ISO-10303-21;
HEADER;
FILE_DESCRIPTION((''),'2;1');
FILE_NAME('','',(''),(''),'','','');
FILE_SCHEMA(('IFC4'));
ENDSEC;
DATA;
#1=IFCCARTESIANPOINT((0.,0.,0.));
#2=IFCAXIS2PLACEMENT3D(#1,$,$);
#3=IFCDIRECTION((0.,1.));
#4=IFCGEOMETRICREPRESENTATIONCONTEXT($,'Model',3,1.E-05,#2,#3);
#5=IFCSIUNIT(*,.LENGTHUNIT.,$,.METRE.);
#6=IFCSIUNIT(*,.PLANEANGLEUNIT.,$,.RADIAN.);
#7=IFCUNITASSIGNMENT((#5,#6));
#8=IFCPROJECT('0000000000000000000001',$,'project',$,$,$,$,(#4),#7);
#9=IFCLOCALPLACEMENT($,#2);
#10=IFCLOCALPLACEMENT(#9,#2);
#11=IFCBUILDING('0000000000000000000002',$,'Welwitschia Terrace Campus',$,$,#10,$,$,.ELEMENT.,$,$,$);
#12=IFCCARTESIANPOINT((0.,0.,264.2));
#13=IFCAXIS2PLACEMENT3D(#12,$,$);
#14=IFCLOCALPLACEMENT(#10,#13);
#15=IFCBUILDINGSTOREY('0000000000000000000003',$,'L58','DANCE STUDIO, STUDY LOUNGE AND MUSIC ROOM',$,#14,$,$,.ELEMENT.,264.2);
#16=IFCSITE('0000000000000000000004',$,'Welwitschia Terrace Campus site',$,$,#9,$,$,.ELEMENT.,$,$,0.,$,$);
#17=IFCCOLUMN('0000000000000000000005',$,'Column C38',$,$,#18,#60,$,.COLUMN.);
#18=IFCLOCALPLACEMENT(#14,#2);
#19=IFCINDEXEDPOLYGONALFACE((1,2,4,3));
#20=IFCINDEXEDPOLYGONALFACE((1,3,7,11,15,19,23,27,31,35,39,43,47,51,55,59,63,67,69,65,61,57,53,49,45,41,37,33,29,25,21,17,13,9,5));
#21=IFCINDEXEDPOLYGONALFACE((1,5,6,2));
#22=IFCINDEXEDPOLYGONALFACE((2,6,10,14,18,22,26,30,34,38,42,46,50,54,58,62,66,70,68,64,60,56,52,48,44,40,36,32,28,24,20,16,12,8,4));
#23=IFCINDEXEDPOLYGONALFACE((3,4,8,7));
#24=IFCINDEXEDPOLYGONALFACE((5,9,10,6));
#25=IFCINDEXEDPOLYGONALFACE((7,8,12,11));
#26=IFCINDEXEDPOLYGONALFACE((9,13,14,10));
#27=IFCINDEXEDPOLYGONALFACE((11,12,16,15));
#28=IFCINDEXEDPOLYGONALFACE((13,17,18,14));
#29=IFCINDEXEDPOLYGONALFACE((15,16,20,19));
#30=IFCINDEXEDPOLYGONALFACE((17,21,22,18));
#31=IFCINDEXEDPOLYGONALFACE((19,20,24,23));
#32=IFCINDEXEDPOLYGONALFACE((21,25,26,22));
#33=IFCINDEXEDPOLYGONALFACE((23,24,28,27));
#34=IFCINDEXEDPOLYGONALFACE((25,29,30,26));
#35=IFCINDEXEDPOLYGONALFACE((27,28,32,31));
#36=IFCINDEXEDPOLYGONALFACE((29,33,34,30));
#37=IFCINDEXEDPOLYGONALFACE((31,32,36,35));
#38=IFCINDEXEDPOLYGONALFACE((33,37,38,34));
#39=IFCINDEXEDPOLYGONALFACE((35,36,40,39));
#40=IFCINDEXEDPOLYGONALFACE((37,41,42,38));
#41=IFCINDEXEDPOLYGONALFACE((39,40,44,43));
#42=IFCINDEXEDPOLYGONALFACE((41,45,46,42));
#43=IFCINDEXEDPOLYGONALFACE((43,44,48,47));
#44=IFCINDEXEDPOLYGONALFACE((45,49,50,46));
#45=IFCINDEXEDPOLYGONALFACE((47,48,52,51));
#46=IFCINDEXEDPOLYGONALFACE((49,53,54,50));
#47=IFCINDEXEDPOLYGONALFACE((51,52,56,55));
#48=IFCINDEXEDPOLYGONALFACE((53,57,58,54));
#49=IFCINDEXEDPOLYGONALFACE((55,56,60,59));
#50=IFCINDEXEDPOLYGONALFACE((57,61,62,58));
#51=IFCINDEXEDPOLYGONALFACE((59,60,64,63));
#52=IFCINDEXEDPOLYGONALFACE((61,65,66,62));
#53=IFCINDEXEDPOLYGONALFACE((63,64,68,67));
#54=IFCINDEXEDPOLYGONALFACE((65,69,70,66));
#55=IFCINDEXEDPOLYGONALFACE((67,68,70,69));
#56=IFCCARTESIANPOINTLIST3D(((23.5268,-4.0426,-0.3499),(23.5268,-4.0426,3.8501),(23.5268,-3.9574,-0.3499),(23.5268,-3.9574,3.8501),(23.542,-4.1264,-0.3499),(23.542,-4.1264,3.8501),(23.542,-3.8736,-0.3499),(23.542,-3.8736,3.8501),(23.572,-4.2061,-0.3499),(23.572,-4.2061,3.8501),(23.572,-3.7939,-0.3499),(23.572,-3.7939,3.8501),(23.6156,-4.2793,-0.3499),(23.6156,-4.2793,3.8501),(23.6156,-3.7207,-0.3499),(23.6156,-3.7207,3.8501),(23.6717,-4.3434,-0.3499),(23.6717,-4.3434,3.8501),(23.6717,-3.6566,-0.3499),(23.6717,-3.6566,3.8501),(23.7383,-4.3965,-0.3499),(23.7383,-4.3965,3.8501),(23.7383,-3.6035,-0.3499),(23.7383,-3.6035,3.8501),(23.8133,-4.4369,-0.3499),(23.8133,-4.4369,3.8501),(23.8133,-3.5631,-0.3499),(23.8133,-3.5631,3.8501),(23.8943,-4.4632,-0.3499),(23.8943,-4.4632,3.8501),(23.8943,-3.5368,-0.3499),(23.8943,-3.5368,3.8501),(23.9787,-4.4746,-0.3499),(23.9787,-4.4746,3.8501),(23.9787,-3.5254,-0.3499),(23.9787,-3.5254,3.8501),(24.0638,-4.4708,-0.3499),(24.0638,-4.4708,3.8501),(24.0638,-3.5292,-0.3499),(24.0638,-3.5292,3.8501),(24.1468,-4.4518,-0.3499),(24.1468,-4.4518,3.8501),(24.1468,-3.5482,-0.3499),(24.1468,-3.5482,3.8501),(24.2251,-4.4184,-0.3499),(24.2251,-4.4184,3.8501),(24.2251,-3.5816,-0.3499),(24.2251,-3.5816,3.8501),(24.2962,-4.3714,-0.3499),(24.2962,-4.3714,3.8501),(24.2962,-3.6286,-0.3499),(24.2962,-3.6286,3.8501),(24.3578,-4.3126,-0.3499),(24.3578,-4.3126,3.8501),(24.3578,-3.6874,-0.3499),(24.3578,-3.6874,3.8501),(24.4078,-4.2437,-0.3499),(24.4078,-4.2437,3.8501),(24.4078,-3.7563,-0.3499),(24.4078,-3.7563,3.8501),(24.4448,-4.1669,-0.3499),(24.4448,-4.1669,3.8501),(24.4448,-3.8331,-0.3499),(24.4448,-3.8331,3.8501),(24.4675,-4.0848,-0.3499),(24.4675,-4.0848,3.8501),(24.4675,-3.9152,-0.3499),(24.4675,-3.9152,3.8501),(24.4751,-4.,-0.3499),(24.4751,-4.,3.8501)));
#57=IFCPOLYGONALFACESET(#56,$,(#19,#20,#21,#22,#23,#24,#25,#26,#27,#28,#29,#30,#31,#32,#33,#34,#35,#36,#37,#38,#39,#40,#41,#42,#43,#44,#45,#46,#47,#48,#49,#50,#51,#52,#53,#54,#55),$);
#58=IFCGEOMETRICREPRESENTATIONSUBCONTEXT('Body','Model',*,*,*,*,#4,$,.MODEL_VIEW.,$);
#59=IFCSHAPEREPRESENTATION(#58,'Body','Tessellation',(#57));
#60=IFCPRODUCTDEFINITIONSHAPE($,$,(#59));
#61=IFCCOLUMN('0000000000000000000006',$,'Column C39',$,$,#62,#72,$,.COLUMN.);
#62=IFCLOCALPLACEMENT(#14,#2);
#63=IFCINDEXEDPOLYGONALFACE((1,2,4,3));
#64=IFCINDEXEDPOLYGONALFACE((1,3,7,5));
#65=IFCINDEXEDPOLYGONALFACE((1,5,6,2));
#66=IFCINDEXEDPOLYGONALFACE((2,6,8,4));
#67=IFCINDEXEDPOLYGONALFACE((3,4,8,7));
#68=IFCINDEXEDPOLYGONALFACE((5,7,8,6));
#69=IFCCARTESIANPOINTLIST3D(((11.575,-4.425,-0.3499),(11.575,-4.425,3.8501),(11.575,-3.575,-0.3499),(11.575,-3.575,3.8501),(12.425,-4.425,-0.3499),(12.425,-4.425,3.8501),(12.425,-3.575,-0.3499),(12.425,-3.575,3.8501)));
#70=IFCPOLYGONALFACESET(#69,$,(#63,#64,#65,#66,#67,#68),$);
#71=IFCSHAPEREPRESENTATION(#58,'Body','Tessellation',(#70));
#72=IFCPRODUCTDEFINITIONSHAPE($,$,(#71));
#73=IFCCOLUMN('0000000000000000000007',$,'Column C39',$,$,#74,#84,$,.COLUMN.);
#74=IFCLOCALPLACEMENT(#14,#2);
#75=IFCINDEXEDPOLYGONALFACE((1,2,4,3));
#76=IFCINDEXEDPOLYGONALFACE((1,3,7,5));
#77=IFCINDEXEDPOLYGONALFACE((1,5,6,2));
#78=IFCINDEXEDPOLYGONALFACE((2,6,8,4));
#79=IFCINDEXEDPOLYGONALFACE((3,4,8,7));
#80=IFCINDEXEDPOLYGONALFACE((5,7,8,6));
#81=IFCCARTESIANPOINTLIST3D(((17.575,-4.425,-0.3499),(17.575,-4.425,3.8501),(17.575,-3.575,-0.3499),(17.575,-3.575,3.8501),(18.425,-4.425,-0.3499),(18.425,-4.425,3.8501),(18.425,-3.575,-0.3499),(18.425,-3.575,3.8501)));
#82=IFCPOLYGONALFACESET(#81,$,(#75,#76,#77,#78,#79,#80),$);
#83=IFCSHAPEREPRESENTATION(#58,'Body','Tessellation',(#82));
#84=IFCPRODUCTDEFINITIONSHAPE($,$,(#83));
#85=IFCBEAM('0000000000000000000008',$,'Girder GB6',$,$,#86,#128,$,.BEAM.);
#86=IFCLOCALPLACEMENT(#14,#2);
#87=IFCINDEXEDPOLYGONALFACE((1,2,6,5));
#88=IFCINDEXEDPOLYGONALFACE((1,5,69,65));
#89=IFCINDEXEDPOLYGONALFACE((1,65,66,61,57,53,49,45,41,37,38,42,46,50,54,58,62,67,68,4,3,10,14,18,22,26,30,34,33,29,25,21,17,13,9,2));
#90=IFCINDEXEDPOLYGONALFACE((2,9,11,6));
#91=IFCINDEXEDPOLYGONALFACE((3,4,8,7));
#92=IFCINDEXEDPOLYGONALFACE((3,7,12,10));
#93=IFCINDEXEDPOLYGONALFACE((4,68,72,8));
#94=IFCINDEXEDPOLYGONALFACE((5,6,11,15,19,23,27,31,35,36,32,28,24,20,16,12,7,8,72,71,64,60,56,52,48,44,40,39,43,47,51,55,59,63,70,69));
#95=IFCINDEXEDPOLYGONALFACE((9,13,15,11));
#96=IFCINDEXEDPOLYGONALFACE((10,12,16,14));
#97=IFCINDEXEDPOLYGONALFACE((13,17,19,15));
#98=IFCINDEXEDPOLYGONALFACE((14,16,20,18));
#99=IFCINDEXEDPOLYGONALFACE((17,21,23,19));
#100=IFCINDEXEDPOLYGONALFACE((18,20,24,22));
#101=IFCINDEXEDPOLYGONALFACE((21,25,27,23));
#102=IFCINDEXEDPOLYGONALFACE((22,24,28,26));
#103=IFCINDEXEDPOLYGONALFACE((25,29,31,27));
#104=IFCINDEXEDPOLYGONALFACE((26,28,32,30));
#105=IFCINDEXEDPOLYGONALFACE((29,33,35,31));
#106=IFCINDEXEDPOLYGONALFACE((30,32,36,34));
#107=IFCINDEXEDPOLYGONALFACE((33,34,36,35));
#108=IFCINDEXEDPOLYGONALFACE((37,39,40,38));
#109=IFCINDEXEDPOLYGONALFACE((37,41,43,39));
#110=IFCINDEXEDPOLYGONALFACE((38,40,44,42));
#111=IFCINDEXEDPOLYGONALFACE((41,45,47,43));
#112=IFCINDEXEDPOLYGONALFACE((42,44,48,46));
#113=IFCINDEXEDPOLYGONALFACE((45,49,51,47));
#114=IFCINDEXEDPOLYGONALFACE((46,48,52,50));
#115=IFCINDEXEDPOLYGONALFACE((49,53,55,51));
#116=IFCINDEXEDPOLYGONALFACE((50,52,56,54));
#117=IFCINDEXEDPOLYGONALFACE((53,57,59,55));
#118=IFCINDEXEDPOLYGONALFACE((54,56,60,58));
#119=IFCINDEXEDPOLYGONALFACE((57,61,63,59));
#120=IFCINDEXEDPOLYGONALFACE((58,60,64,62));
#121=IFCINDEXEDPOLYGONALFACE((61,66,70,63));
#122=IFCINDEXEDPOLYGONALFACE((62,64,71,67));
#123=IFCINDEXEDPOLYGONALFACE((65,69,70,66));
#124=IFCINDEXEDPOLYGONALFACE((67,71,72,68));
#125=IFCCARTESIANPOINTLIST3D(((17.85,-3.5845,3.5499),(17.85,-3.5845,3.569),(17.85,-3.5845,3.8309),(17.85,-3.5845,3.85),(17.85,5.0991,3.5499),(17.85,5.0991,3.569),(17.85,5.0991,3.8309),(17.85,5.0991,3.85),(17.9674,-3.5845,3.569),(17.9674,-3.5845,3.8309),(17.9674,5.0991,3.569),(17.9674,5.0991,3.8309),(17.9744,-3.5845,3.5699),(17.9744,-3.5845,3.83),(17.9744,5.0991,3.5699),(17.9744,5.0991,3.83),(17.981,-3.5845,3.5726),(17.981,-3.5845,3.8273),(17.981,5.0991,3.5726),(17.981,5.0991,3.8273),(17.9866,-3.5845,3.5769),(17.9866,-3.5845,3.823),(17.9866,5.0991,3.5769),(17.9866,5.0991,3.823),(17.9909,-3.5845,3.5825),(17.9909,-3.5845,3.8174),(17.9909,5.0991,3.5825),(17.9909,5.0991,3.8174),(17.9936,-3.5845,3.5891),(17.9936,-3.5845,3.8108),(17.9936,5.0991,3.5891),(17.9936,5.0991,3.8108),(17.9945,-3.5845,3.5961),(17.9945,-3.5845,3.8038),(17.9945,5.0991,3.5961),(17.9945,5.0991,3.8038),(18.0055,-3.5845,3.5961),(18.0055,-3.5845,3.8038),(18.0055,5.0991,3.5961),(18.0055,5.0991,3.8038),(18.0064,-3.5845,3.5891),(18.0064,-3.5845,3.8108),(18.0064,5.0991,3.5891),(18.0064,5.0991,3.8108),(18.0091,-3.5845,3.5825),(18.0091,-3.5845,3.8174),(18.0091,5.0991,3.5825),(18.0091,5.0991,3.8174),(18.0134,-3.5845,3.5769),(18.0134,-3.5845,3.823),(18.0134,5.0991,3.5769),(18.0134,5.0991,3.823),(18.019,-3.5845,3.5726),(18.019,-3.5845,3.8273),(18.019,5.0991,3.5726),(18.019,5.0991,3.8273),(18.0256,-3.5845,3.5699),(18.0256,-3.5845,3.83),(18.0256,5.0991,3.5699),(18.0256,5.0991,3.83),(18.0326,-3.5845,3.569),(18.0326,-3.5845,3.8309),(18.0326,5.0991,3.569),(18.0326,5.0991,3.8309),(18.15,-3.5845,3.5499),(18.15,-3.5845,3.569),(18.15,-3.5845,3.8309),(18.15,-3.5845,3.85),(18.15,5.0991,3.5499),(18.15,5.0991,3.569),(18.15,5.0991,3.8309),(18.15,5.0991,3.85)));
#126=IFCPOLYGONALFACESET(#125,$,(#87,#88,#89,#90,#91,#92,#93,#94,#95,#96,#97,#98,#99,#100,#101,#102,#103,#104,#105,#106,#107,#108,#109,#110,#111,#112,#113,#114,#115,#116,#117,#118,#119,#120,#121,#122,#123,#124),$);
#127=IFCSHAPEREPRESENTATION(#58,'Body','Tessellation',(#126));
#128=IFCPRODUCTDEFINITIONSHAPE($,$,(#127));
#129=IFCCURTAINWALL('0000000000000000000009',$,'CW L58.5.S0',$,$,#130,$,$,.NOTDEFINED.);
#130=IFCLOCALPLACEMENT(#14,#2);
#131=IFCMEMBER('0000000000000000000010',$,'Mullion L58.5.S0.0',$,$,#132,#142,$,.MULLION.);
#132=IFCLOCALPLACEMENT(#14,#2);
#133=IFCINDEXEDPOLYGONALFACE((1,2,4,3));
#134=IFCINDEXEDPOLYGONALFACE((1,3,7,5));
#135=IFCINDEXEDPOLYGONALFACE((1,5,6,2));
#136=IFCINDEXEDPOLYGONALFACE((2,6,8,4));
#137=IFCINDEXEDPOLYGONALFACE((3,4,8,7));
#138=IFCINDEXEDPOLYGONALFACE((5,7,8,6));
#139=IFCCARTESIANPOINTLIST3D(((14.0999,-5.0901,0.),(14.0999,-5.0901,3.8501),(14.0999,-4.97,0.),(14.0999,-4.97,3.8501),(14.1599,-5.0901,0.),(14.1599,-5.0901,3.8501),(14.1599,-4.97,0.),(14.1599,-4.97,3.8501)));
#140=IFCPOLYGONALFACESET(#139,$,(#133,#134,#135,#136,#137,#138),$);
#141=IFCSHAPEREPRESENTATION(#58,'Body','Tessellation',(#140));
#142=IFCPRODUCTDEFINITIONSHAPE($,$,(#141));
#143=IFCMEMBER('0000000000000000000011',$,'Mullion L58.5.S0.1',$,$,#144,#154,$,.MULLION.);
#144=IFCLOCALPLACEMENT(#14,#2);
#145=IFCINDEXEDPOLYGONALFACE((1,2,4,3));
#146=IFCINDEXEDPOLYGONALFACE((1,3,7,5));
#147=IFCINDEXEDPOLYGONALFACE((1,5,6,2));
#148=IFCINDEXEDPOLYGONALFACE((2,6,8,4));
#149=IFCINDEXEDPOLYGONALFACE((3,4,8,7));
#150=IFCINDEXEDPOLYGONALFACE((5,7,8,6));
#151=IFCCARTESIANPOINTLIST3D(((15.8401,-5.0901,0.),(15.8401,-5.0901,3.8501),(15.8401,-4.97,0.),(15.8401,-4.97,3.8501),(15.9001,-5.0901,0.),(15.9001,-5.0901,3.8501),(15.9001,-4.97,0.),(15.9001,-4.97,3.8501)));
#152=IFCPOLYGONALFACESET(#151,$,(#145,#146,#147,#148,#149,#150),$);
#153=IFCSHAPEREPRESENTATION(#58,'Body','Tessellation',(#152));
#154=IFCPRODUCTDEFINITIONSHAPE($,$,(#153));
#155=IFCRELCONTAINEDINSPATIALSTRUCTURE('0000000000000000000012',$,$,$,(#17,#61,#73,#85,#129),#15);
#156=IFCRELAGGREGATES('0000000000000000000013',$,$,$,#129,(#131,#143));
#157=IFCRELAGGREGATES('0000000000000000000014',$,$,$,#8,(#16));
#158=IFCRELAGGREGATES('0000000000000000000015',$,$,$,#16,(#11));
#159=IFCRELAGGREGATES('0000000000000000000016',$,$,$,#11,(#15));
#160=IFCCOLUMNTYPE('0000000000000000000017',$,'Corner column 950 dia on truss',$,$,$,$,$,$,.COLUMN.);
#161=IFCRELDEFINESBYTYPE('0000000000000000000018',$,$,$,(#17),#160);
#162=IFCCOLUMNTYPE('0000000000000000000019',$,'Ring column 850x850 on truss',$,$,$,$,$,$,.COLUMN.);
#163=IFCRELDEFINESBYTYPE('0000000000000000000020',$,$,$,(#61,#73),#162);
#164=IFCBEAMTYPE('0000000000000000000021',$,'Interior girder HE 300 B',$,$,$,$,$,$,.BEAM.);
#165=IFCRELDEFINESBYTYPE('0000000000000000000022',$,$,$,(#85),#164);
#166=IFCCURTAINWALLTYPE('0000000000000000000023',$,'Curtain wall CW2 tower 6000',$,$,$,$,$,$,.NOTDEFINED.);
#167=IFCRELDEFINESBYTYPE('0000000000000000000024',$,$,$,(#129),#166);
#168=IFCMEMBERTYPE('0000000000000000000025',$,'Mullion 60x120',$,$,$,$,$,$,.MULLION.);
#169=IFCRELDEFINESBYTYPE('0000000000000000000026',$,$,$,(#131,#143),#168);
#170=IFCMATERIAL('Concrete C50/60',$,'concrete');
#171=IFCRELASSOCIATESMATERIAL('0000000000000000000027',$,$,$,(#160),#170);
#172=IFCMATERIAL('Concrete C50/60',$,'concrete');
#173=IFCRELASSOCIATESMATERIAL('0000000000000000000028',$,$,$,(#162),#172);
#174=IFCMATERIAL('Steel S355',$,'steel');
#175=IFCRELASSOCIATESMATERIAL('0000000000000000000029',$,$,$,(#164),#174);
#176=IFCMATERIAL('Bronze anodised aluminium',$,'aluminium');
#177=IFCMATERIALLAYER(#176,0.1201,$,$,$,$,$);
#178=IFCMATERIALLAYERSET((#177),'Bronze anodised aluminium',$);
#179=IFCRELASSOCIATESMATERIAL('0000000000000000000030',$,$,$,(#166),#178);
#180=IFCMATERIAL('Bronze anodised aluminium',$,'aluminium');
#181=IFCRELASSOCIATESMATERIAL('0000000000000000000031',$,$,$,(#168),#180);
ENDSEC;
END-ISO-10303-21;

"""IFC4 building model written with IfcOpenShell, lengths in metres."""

from ifc_helpers import new_model, si_unit, direction, frame, origin, origin_2d, place, context, subcontext, project, spatial, rectangle, circle, i_section, extrude, material, layer, layer_set, material_profile, profile_set, type_object, element, aggregate, save


model = new_model("IFC4")

# Units and contexts
model_context = context("Model", 3, precision=1e-05, world=origin(), true_north=direction((0.0, 1.0)))
body_context = subcontext(model_context, "Body", "Model", "MODEL_VIEW")
ifc_project = project(units=[si_unit("LENGTHUNIT", "METRE"), si_unit("PLANEANGLEUNIT", "RADIAN")], contexts=[model_context])

# Site, building, storey
site_placement = place(None, origin())
site = spatial("IfcSite", under=ifc_project, at=site_placement, Name="Welwitschia Terrace Campus site", CompositionType="ELEMENT", RefElevation=0.0)
building_placement = place(site_placement, origin())
building = spatial("IfcBuilding", under=site, at=building_placement, Name="Welwitschia Terrace Campus", CompositionType="ELEMENT")
storey_placement = place(building_placement, frame((0.0, 0.0, 264.2)))
storey = spatial("IfcBuildingStorey", under=building, at=storey_placement, Name="L58", Description="DANCE STUDIO, STUDY LOUNGE AND MUSIC ROOM", CompositionType="ELEMENT", Elevation=264.2)

# Columns
ifc_material_1 = material(Name="Concrete C50/60", Category="concrete")
ifc_material_profile_1 = material_profile(ifc_material_1, circle(Radius=0.4751, at=origin_2d()))
ifc_profile_set_1 = profile_set([ifc_material_profile_1], Name="Concrete C50/60")
column_type_1 = type_object("IfcColumnType", Name="Corner column 950 dia on truss", PredefinedType="COLUMN", material=ifc_profile_set_1)
column_placement = place(storey_placement, frame((24.0, -4.0, -0.3499), z_axis=(0.0, 0.0, 1.0), x_axis=(1.0, 0.0, 0.0)))
element("IfcColumn", 1, at=column_placement, inside=storey, type_object=column_type_1, Name="Column C38", PredefinedType="COLUMN", context=body_context, shape_type="SweptSolid", body=[
    extrude(circle(Radius=0.4751, at=origin_2d()), origin(), (0.0, 0.0, 1.0), 4.2),
])
ifc_material_2 = material(Name="Concrete C50/60", Category="concrete")
ifc_material_profile_2 = material_profile(ifc_material_2, rectangle(XDim=0.8501, YDim=0.8501, at=origin_2d()))
ifc_profile_set_2 = profile_set([ifc_material_profile_2], Name="Concrete C50/60")
column_type_2 = type_object("IfcColumnType", Name="Ring column 850x850 on truss", PredefinedType="COLUMN", material=ifc_profile_set_2)
for number, where, z_axis, x_axis, name in (
    (2, (12.0, -4.0, -0.3499), (0.0, 0.0, 1.0), (1.0, 0.0, 0.0), "Column C39"),
    (3, (18.0, -4.0, -0.3499), (0.0, 0.0, 1.0), (1.0, 0.0, 0.0), "Column C39"),
):
    element("IfcColumn", number, at=place(storey_placement, frame(where, z_axis=z_axis, x_axis=x_axis)), inside=storey, type_object=column_type_2, Name=name, PredefinedType="COLUMN", context=body_context, shape_type="SweptSolid", body=[
        extrude(rectangle(XDim=0.8501, YDim=0.8501, at=origin_2d()), origin(), (0.0, 0.0, 1.0), 4.2),
    ])

# Beam
ifc_material_3 = material(Name="Steel S355", Category="steel")
ifc_material_profile_3 = material_profile(ifc_material_3, i_section(OverallWidth=0.3, OverallDepth=0.3, WebThickness=0.011, FlangeThickness=0.019, FilletRadius=0.0271, at=origin_2d()))
ifc_profile_set_3 = profile_set([ifc_material_profile_3], Name="Steel S355")
beam_type_1 = type_object("IfcBeamType", Name="Interior girder HE 300 B", PredefinedType="BEAM", material=ifc_profile_set_3)
beam_1_placement = place(storey_placement, frame((18.0, -3.5845, 3.7), z_axis=(0.0, 1.0, 0.0), x_axis=(-1.0, 0.0, 0.0)))
element("IfcBeam", 4, at=beam_1_placement, inside=storey, type_object=beam_type_1, Name="Girder GB6", PredefinedType="BEAM", context=body_context, shape_type="SweptSolid", body=[
    extrude(i_section(OverallWidth=0.3, OverallDepth=0.3, WebThickness=0.011, FlangeThickness=0.019, FilletRadius=0.0271, at=origin_2d()), origin(), (0.0, 0.0, 1.0), 8.6836),
])

# Curtain wall, members
ifc_material_4 = material(Name="Bronze anodised aluminium", Category="aluminium")
ifc_layer_1 = layer(ifc_material_4, 0.1201)
ifc_layer_set_1 = layer_set([ifc_layer_1], Name="Bronze anodised aluminium")
curtain_wall_type = type_object("IfcCurtainWallType", Name="Curtain wall CW2 tower 6000", PredefinedType="NOTDEFINED", material=ifc_layer_set_1)
curtain_wall_placement = place(storey_placement, origin())
curtain_wall = element("IfcCurtainWall", 5, at=curtain_wall_placement, inside=storey, type_object=curtain_wall_type, Name="CW L58.5.S0", PredefinedType="NOTDEFINED")
ifc_material_5 = material(Name="Bronze anodised aluminium", Category="aluminium")
ifc_material_profile_4 = material_profile(ifc_material_5, rectangle(XDim=0.1201, YDim=0.0601, at=origin_2d()))
ifc_profile_set_4 = profile_set([ifc_material_profile_4], Name="Bronze anodised aluminium")
member_type_1 = type_object("IfcMemberType", Name="Mullion 60x120", PredefinedType="MULLION", material=ifc_profile_set_4)
member_1_placement = place(storey_placement, frame((14.1299, -5.03, 0.0), z_axis=(0.0, 0.0, 1.0), x_axis=(0.0, 1.0, 0.0)))
member_1 = element("IfcMember", 6, at=member_1_placement, type_object=member_type_1, Name="Mullion L58.5.S0.0", PredefinedType="MULLION", context=body_context, shape_type="SweptSolid", body=[
    extrude(rectangle(XDim=0.1201, YDim=0.0601, at=origin_2d()), origin(), (0.0, 0.0, 1.0), 3.8501),
])
member_2_placement = place(storey_placement, frame((15.8701, -5.03, 0.0), z_axis=(0.0, 0.0, 1.0), x_axis=(0.0, 1.0, 0.0)))
member_2 = element("IfcMember", 7, at=member_2_placement, type_object=member_type_1, Name="Mullion L58.5.S0.1", PredefinedType="MULLION", context=body_context, shape_type="SweptSolid", body=[
    extrude(rectangle(XDim=0.1201, YDim=0.0601, at=origin_2d()), origin(), (0.0, 0.0, 1.0), 3.8501),
])

aggregate(curtain_wall, [member_1, member_2])

save(model, "model.ifc")
